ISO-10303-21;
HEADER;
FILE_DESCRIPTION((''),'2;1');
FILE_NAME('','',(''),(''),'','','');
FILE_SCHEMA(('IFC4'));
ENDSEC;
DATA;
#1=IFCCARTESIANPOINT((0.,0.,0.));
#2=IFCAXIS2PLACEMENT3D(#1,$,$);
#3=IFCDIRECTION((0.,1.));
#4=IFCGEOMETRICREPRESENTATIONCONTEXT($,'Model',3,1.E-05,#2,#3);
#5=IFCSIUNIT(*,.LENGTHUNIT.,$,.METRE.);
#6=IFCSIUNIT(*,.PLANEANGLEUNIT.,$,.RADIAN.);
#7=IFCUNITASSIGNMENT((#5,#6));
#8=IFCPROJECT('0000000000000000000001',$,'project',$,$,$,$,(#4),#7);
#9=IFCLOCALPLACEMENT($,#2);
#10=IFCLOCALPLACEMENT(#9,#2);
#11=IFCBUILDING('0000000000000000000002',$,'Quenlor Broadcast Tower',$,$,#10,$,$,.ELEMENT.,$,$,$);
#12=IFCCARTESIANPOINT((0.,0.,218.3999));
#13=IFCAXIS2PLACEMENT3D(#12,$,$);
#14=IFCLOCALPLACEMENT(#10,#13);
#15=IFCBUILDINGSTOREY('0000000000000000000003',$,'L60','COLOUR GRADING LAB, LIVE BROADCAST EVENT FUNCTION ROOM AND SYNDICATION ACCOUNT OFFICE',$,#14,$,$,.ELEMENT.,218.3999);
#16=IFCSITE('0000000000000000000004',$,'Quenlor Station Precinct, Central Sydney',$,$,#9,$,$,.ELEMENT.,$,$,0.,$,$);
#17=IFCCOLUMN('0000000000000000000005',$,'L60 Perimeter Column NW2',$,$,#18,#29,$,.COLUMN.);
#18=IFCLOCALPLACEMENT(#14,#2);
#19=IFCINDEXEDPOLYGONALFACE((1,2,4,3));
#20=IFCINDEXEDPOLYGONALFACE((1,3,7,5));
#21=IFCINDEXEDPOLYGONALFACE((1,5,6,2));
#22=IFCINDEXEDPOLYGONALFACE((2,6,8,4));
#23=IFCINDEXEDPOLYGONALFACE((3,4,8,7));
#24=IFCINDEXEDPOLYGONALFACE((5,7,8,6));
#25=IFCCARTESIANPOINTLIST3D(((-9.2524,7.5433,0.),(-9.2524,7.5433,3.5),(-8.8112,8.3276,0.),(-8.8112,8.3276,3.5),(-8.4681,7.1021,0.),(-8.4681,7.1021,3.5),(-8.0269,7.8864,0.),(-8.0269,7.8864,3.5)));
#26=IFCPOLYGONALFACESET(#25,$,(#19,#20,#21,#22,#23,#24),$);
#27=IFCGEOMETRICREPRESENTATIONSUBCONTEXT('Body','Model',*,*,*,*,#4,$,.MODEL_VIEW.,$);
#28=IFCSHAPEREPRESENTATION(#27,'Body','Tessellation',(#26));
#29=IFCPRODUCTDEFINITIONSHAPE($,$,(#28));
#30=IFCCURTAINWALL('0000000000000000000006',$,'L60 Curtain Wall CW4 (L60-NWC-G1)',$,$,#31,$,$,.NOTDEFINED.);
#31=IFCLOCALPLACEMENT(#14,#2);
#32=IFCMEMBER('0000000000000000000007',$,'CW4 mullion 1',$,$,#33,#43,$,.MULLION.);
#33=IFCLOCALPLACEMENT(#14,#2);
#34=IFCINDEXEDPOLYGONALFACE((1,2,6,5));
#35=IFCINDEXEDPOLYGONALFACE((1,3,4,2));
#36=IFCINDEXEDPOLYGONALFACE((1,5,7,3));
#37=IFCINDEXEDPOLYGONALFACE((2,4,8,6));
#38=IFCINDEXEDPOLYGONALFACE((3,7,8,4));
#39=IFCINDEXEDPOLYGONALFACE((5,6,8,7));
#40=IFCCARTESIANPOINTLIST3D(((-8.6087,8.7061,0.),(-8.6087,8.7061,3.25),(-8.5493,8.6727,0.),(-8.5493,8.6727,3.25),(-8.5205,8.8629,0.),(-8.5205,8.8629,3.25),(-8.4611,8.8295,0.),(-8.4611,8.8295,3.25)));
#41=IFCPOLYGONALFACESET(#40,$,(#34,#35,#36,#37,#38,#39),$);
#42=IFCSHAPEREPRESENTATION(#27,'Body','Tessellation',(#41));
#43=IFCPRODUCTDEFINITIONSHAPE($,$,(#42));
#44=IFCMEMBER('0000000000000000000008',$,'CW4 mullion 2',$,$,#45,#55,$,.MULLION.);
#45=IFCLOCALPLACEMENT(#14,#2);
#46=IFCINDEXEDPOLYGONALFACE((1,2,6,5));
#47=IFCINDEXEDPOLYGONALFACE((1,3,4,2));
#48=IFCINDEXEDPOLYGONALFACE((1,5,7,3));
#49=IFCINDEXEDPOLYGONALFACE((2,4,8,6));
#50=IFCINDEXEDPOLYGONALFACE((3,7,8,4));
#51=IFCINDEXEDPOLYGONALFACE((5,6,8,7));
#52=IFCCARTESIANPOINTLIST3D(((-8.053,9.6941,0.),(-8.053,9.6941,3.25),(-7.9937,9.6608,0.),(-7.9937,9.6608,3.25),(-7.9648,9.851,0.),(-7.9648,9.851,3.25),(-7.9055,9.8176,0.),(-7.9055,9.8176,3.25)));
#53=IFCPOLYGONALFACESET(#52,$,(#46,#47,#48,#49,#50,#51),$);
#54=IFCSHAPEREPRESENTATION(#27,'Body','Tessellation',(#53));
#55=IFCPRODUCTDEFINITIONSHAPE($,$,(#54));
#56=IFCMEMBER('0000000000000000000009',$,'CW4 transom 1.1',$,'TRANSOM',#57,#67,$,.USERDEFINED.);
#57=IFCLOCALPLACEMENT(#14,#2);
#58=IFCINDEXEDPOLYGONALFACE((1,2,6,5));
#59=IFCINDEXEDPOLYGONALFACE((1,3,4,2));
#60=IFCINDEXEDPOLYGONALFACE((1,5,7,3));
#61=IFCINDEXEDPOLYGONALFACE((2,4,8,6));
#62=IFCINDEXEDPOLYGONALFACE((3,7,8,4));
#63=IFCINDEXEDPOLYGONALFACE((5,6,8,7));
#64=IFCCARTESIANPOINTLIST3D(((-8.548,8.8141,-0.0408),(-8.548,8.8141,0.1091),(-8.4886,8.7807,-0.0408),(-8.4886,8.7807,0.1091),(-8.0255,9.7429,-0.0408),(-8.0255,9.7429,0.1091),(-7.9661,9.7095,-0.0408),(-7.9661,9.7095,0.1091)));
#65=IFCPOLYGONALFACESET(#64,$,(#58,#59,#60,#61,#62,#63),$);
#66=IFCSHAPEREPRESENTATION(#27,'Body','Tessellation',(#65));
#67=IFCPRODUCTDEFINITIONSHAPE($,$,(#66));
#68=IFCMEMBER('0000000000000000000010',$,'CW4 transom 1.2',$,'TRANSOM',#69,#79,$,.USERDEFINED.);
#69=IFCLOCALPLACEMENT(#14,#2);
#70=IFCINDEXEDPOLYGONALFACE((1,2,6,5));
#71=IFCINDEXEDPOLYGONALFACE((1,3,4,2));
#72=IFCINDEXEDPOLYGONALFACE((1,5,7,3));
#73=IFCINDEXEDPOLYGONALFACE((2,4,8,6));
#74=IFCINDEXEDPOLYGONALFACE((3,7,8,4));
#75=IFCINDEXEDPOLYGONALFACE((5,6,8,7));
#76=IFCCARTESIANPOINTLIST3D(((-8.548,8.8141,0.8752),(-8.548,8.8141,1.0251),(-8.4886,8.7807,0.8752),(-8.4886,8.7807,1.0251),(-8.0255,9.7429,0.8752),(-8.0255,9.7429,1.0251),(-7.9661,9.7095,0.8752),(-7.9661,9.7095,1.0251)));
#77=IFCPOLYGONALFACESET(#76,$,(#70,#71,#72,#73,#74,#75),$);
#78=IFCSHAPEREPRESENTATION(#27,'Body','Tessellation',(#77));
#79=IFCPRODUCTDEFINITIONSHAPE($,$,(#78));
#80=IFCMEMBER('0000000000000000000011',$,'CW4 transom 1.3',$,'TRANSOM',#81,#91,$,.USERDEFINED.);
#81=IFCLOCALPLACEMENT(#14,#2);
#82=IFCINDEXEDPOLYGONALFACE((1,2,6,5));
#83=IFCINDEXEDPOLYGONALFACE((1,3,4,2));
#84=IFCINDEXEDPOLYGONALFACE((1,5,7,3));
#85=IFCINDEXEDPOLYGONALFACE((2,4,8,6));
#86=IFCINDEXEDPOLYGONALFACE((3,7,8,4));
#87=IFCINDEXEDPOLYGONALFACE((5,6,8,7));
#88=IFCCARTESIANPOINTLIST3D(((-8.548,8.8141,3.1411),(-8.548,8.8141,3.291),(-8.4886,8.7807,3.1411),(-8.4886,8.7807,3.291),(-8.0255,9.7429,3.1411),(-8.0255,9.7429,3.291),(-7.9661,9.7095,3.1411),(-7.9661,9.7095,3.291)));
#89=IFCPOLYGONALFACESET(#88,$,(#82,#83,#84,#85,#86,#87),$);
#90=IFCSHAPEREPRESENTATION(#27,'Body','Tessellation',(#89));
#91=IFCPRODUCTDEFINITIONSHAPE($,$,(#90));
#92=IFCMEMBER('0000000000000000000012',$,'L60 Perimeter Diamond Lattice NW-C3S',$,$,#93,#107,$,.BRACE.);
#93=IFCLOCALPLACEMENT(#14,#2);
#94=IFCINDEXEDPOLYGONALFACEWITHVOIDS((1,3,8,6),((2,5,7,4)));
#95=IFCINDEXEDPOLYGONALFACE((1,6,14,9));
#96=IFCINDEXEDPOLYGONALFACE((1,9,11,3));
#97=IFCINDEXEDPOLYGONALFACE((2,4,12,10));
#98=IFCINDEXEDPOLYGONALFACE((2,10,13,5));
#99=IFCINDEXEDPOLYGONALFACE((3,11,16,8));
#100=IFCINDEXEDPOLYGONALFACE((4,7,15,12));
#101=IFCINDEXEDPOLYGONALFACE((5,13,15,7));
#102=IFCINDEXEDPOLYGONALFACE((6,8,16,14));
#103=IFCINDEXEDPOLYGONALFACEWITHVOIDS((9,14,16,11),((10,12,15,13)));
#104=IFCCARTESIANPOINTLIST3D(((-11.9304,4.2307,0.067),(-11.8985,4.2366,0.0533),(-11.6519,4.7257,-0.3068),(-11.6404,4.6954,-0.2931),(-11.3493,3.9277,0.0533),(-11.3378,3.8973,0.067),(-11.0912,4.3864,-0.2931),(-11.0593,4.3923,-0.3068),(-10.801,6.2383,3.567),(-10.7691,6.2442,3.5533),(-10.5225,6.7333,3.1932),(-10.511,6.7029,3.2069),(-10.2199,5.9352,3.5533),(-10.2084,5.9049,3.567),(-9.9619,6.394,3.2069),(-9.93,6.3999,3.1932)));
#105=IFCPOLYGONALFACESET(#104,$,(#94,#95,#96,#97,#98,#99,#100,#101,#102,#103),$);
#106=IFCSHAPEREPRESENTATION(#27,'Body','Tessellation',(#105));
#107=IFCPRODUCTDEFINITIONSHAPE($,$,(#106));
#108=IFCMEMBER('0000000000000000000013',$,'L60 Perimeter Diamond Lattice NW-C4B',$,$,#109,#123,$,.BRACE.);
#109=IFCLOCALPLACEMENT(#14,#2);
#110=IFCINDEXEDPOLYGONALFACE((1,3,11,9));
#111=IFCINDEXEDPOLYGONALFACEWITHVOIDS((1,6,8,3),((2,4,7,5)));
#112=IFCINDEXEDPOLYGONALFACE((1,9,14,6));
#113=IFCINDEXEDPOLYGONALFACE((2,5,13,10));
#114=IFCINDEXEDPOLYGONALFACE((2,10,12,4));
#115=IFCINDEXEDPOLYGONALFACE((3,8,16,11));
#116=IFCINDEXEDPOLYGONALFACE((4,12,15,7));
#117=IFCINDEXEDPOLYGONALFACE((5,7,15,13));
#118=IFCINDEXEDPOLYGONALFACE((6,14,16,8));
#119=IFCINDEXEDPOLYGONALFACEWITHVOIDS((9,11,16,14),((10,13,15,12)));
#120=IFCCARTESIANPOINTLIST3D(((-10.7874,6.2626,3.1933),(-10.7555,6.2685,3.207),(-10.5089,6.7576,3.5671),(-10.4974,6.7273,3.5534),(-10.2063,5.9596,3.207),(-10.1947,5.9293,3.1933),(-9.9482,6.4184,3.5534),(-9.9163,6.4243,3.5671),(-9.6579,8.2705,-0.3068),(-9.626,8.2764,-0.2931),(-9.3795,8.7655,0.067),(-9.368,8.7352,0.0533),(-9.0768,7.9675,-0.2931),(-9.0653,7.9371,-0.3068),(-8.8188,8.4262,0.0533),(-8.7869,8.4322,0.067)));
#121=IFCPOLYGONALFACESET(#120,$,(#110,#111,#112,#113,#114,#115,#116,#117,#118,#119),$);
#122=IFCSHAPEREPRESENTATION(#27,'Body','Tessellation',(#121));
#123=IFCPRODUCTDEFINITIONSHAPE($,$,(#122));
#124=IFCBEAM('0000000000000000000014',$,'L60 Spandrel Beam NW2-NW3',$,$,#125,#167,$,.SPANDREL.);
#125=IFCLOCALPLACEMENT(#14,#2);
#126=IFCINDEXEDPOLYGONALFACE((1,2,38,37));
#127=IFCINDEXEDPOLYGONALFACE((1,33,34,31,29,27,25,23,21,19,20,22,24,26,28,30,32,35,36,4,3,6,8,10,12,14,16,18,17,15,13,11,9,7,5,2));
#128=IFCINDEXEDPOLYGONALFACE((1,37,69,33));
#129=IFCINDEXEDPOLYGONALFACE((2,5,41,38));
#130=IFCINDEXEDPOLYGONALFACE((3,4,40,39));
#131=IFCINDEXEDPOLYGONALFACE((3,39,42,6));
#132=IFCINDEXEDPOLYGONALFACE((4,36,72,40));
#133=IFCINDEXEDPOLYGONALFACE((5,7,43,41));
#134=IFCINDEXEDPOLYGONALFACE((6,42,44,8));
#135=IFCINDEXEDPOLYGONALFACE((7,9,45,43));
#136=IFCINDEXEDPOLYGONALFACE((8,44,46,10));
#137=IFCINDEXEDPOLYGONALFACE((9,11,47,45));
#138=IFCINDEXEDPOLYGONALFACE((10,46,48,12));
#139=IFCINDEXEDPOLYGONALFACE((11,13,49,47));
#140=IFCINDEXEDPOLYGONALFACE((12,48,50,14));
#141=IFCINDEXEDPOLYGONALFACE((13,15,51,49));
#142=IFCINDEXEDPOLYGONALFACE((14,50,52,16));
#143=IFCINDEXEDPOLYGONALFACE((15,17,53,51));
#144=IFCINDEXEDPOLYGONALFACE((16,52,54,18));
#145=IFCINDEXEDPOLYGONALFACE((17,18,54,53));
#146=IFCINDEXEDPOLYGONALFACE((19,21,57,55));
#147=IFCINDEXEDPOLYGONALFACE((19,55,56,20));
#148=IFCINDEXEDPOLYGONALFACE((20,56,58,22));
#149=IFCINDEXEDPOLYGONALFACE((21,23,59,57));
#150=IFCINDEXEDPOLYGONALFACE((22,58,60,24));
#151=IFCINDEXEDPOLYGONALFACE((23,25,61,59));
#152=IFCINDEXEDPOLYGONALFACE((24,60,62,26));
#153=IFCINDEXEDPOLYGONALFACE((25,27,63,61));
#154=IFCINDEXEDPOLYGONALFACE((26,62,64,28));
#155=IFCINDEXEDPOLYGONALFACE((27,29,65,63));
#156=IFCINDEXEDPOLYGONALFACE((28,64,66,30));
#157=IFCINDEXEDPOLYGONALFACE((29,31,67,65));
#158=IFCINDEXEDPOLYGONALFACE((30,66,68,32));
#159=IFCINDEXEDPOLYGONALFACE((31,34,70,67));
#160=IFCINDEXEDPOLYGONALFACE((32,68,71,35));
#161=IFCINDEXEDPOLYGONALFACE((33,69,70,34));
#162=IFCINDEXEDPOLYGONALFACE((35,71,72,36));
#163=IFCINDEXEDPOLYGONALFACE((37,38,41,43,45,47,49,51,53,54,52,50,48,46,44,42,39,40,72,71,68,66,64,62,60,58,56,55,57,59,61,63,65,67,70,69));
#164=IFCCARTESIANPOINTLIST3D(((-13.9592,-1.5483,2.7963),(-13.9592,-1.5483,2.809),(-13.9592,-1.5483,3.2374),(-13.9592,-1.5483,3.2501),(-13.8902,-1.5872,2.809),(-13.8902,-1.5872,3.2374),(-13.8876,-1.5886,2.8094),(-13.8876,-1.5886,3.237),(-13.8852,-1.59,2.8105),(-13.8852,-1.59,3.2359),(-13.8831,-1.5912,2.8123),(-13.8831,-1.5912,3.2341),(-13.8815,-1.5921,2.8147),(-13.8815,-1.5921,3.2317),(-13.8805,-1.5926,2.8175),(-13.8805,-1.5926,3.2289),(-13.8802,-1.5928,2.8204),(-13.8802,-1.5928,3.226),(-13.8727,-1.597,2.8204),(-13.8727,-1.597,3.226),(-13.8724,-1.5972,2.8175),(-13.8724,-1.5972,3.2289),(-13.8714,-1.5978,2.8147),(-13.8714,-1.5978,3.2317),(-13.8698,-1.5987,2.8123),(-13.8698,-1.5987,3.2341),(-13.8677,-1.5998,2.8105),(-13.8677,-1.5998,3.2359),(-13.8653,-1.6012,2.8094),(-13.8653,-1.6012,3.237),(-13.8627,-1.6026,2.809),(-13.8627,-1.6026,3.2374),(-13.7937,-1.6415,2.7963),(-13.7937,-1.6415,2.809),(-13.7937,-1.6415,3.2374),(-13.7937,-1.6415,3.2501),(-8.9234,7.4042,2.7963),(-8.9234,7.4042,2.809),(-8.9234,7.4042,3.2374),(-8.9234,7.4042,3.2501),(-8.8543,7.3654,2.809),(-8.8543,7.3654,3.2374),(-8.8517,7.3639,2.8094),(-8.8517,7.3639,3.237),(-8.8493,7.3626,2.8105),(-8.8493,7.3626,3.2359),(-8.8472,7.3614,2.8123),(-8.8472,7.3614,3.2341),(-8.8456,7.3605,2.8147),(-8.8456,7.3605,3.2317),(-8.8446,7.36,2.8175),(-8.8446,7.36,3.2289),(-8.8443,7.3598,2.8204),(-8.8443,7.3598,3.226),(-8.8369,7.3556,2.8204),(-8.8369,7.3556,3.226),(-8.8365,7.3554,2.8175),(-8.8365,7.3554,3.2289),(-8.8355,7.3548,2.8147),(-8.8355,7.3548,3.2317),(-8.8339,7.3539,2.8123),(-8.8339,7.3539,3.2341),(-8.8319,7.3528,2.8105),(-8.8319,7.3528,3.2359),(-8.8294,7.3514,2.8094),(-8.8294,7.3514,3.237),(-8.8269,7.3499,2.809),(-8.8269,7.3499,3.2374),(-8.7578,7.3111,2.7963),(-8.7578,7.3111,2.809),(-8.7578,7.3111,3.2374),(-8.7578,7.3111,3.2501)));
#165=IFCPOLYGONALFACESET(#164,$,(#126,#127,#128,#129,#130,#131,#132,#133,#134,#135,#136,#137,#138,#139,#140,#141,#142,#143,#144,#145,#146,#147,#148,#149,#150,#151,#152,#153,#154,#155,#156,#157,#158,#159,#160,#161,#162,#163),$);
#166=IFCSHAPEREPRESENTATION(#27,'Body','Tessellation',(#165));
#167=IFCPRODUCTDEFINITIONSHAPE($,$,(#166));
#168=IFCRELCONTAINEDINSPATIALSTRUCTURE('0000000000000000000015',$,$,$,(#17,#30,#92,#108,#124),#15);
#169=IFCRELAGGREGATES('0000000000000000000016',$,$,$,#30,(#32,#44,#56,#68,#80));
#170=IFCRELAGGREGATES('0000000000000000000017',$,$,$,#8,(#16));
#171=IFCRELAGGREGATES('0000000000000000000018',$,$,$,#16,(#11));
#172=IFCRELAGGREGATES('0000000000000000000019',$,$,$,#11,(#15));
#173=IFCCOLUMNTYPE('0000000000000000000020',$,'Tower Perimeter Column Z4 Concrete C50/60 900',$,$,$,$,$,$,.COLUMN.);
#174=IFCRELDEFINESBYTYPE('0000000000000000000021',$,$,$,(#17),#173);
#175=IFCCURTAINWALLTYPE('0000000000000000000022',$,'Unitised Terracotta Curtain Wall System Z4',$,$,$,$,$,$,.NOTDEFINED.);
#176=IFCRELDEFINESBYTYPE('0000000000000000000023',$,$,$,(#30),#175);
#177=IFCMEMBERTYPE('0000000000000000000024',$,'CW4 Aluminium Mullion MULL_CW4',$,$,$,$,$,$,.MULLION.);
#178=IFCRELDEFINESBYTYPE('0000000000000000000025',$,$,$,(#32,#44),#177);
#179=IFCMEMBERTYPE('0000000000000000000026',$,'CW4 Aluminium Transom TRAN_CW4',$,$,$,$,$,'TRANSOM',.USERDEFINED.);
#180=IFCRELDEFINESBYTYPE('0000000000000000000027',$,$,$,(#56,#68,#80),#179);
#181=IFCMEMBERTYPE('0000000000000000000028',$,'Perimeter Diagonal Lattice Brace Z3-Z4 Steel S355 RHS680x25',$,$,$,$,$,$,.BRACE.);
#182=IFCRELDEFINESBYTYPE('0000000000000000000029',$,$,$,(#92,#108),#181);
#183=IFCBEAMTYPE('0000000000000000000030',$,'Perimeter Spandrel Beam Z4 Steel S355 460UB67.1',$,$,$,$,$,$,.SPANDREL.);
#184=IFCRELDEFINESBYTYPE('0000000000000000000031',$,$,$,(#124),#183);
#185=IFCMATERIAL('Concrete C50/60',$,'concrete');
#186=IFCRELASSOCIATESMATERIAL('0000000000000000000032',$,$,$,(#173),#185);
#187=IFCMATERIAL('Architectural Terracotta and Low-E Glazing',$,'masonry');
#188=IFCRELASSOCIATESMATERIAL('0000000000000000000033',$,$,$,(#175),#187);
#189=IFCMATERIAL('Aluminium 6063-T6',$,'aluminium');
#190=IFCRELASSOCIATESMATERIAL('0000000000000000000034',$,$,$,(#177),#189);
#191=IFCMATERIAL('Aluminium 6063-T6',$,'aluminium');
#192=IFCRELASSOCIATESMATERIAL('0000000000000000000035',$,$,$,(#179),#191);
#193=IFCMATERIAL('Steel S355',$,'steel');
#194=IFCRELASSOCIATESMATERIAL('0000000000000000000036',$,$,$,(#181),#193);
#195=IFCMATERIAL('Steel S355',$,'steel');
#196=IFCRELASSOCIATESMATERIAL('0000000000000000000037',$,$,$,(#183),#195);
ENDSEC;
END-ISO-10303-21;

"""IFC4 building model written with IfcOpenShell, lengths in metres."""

from ifc_helpers import new_model, si_unit, direction, frame, origin, origin_2d, place, context, subcontext, project, spatial, rectangle, hollow_rectangle, i_section, extrude, material, material_profile, profile_set, type_object, element, aggregate, save


model = new_model("IFC4")

# Units and contexts
model_context = context("Model", 3, precision=1e-05, world=origin(), true_north=direction((0.0, 1.0)))
body_context = subcontext(model_context, "Body", "Model", "MODEL_VIEW")
ifc_project = project(units=[si_unit("LENGTHUNIT", "METRE"), si_unit("PLANEANGLEUNIT", "RADIAN")], contexts=[model_context])

# Site, building, storey
site_placement = place(None, origin())
site = spatial("IfcSite", under=ifc_project, at=site_placement, Name="Quenlor Station Precinct, Central Sydney", CompositionType="ELEMENT", RefElevation=0.0)
building_placement = place(site_placement, origin())
building = spatial("IfcBuilding", under=site, at=building_placement, Name="Quenlor Broadcast Tower", CompositionType="ELEMENT")
storey_placement = place(building_placement, frame((0.0, 0.0, 218.3999)))
storey = spatial("IfcBuildingStorey", under=building, at=storey_placement, Name="L60", Description="COLOUR GRADING LAB, LIVE BROADCAST EVENT FUNCTION ROOM AND SYNDICATION ACCOUNT OFFICE", CompositionType="ELEMENT", Elevation=218.3999)

# Column
ifc_material_1 = material(Name="Concrete C50/60", Category="concrete")
ifc_material_profile_1 = material_profile(ifc_material_1, rectangle(XDim=0.8999, YDim=0.8999, at=origin_2d()))
ifc_profile_set_1 = profile_set([ifc_material_profile_1], Name="Concrete C50/60 RC900x900")
column_type = type_object("IfcColumnType", Name="Tower Perimeter Column Z4 Concrete C50/60 900", PredefinedType="COLUMN", material=ifc_profile_set_1)
column_placement = place(storey_placement, frame((-8.6396, 7.7148, 0.0), z_axis=(0.0, 0.0, 1.0), x_axis=(-0.871575, 0.490262, 0.0)))
element("IfcColumn", 1, at=column_placement, inside=storey, type_object=column_type, Name="L60 Perimeter Column NW2", PredefinedType="COLUMN", context=body_context, shape_type="SweptSolid", body=[
    extrude(rectangle(XDim=0.8999, YDim=0.8999, at=origin_2d()), origin(), (0.0, 0.0, 1.0), 3.5),
])

# Curtain wall, members
ifc_material_2 = material(Name="Architectural Terracotta and Low-E Glazing", Category="masonry")
curtain_wall_type = type_object("IfcCurtainWallType", Name="Unitised Terracotta Curtain Wall System Z4", PredefinedType="NOTDEFINED", material=ifc_material_2)
curtain_wall_placement = place(storey_placement, origin())
curtain_wall = element("IfcCurtainWall", 2, at=curtain_wall_placement, inside=storey, type_object=curtain_wall_type, Name="L60 Curtain Wall CW4 (L60-NWC-G1)", PredefinedType="NOTDEFINED")
ifc_material_3 = material(Name="Aluminium 6063-T6", Category="aluminium")
ifc_material_profile_2 = material_profile(ifc_material_3, rectangle(XDim=0.0681, YDim=0.1799, at=origin_2d()))
ifc_profile_set_2 = profile_set([ifc_material_profile_2], Name="Aluminium 6063-T6 MULL68x180")
member_type_1 = type_object("IfcMemberType", Name="CW4 Aluminium Mullion MULL_CW4", PredefinedType="MULLION", material=ifc_profile_set_2)
member_1_placement = place(storey_placement, frame((-8.5349, 8.7678, 0.0), z_axis=(0.0, 0.0, 1.0), x_axis=(-0.871558, 0.490293, 0.0)))
member_1 = element("IfcMember", 3, at=member_1_placement, type_object=member_type_1, Name="CW4 mullion 1", PredefinedType="MULLION", context=body_context, shape_type="SweptSolid", body=[
    extrude(rectangle(XDim=0.0681, YDim=0.1799, at=origin_2d()), origin(), (0.0, 0.0, 1.0), 3.25),
])
member_2_placement = place(storey_placement, frame((-7.9792, 9.7559, 0.0), z_axis=(0.0, 0.0, 1.0), x_axis=(-0.871558, 0.490293, 0.0)))
member_2 = element("IfcMember", 4, at=member_2_placement, type_object=member_type_1, Name="CW4 mullion 2", PredefinedType="MULLION", context=body_context, shape_type="SweptSolid", body=[
    extrude(rectangle(XDim=0.0681, YDim=0.1799, at=origin_2d()), origin(), (0.0, 0.0, 1.0), 3.25),
])
ifc_material_4 = material(Name="Aluminium 6063-T6", Category="aluminium")
ifc_material_profile_3 = material_profile(ifc_material_4, rectangle(XDim=0.0681, YDim=0.1499, at=origin_2d()))
ifc_profile_set_3 = profile_set([ifc_material_profile_3], Name="Aluminium 6063-T6 TRAN68x150")
member_type_2 = type_object("IfcMemberType", Name="CW4 Aluminium Transom TRAN_CW4", ElementType="TRANSOM", PredefinedType="USERDEFINED", material=ifc_profile_set_3)
member_3_placement = place(storey_placement, frame((-8.5183, 8.7974, 0.0342), z_axis=(0.490305, 0.871551, 0.0), x_axis=(-0.871551, 0.490305, 0.0)))
member_3 = element("IfcMember", 5, at=member_3_placement, type_object=member_type_2, Name="CW4 transom 1.1", ObjectType="TRANSOM", PredefinedType="USERDEFINED", context=body_context, shape_type="SweptSolid", body=[
    extrude(rectangle(XDim=0.0681, YDim=0.1499, at=origin_2d()), origin(), (0.0, 0.0, 1.0), 1.0657),
])
member_4_placement = place(storey_placement, frame((-8.5183, 8.7974, 0.9502), z_axis=(0.490305, 0.871551, 0.0), x_axis=(-0.871551, 0.490305, 0.0)))
member_4 = element("IfcMember", 6, at=member_4_placement, type_object=member_type_2, Name="CW4 transom 1.2", ObjectType="TRANSOM", PredefinedType="USERDEFINED", context=body_context, shape_type="SweptSolid", body=[
    extrude(rectangle(XDim=0.0681, YDim=0.1499, at=origin_2d()), origin(), (0.0, 0.0, 1.0), 1.0657),
])
member_5_placement = place(storey_placement, frame((-8.5183, 8.7974, 3.2161), z_axis=(0.490305, 0.871551, 0.0), x_axis=(-0.871551, 0.490305, 0.0)))
member_5 = element("IfcMember", 7, at=member_5_placement, type_object=member_type_2, Name="CW4 transom 1.3", ObjectType="TRANSOM", PredefinedType="USERDEFINED", context=body_context, shape_type="SweptSolid", body=[
    extrude(rectangle(XDim=0.0681, YDim=0.1499, at=origin_2d()), origin(), (0.0, 0.0, 1.0), 1.0657),
])

# Members
ifc_material_5 = material(Name="Steel S355", Category="steel")
ifc_material_profile_4 = material_profile(ifc_material_5, hollow_rectangle(XDim=0.6799, YDim=0.6799, WallThickness=0.0249, at=origin_2d()))
ifc_profile_set_4 = profile_set([ifc_material_profile_4], Name="Steel S355 RHS680x680x25")
member_type_3 = type_object("IfcMemberType", Name="Perimeter Diagonal Lattice Brace Z3-Z4 Steel S355 RHS680x25", PredefinedType="BRACE", material=ifc_profile_set_4)
member_6_placement = place(storey_placement, frame((-11.4949, 4.3115, -0.1199), z_axis=(0.269547, 0.479136, 0.835328), x_axis=(-0.87155, 0.490307, 0.0)))
element("IfcMember", 8, at=member_6_placement, inside=storey, type_object=member_type_3, Name="L60 Perimeter Diamond Lattice NW-C3S", PredefinedType="BRACE", context=body_context, shape_type="SweptSolid", body=[
    extrude(hollow_rectangle(XDim=0.6799, YDim=0.6799, WallThickness=0.0249, at=origin_2d()), origin(), (0.0, 0.0, 1.0), 4.1899),
])
member_7_placement = place(storey_placement, frame((-9.2224, 8.3513, -0.1199), z_axis=(-0.26954, -0.479181, 0.835305), x_axis=(0.871576, -0.490261, 0.0)))
element("IfcMember", 9, at=member_7_placement, inside=storey, type_object=member_type_3, Name="L60 Perimeter Diamond Lattice NW-C4B", PredefinedType="BRACE", context=body_context, shape_type="SweptSolid", body=[
    extrude(hollow_rectangle(XDim=0.6799, YDim=0.6799, WallThickness=0.0249, at=origin_2d()), origin(), (0.0, 0.0, 1.0), 4.1902),
])

# Beam
ifc_material_6 = material(Name="Steel S355", Category="steel")
ifc_material_profile_5 = material_profile(ifc_material_6, i_section(OverallWidth=0.1899, OverallDepth=0.4539, WebThickness=0.0085, FlangeThickness=0.0127, FilletRadius=0.0115, at=origin_2d()))
ifc_profile_set_5 = profile_set([ifc_material_profile_5], Name="Steel S355 460UB67.1")
beam_type_1 = type_object("IfcBeamType", Name="Perimeter Spandrel Beam Z4 Steel S355 460UB67.1", PredefinedType="SPANDREL", material=ifc_profile_set_5)
beam_1_placement = place(storey_placement, frame((-8.8406, 7.3577, 3.0232), z_axis=(-0.490263, -0.871574, 0.0), x_axis=(0.871574, -0.490263, 0.0)))
element("IfcBeam", 10, at=beam_1_placement, inside=storey, type_object=beam_type_1, Name="L60 Spandrel Beam NW2-NW3", PredefinedType="SPANDREL", context=body_context, shape_type="SweptSolid", body=[
    extrude(i_section(OverallWidth=0.1899, OverallDepth=0.4539, WebThickness=0.0085, FlangeThickness=0.0127, FilletRadius=0.0115, at=origin_2d()), origin(), (0.0, 0.0, 1.0), 10.2717),
])

aggregate(curtain_wall, [member_1, member_2, member_3, member_4, member_5])

save(model, "model.ifc")
